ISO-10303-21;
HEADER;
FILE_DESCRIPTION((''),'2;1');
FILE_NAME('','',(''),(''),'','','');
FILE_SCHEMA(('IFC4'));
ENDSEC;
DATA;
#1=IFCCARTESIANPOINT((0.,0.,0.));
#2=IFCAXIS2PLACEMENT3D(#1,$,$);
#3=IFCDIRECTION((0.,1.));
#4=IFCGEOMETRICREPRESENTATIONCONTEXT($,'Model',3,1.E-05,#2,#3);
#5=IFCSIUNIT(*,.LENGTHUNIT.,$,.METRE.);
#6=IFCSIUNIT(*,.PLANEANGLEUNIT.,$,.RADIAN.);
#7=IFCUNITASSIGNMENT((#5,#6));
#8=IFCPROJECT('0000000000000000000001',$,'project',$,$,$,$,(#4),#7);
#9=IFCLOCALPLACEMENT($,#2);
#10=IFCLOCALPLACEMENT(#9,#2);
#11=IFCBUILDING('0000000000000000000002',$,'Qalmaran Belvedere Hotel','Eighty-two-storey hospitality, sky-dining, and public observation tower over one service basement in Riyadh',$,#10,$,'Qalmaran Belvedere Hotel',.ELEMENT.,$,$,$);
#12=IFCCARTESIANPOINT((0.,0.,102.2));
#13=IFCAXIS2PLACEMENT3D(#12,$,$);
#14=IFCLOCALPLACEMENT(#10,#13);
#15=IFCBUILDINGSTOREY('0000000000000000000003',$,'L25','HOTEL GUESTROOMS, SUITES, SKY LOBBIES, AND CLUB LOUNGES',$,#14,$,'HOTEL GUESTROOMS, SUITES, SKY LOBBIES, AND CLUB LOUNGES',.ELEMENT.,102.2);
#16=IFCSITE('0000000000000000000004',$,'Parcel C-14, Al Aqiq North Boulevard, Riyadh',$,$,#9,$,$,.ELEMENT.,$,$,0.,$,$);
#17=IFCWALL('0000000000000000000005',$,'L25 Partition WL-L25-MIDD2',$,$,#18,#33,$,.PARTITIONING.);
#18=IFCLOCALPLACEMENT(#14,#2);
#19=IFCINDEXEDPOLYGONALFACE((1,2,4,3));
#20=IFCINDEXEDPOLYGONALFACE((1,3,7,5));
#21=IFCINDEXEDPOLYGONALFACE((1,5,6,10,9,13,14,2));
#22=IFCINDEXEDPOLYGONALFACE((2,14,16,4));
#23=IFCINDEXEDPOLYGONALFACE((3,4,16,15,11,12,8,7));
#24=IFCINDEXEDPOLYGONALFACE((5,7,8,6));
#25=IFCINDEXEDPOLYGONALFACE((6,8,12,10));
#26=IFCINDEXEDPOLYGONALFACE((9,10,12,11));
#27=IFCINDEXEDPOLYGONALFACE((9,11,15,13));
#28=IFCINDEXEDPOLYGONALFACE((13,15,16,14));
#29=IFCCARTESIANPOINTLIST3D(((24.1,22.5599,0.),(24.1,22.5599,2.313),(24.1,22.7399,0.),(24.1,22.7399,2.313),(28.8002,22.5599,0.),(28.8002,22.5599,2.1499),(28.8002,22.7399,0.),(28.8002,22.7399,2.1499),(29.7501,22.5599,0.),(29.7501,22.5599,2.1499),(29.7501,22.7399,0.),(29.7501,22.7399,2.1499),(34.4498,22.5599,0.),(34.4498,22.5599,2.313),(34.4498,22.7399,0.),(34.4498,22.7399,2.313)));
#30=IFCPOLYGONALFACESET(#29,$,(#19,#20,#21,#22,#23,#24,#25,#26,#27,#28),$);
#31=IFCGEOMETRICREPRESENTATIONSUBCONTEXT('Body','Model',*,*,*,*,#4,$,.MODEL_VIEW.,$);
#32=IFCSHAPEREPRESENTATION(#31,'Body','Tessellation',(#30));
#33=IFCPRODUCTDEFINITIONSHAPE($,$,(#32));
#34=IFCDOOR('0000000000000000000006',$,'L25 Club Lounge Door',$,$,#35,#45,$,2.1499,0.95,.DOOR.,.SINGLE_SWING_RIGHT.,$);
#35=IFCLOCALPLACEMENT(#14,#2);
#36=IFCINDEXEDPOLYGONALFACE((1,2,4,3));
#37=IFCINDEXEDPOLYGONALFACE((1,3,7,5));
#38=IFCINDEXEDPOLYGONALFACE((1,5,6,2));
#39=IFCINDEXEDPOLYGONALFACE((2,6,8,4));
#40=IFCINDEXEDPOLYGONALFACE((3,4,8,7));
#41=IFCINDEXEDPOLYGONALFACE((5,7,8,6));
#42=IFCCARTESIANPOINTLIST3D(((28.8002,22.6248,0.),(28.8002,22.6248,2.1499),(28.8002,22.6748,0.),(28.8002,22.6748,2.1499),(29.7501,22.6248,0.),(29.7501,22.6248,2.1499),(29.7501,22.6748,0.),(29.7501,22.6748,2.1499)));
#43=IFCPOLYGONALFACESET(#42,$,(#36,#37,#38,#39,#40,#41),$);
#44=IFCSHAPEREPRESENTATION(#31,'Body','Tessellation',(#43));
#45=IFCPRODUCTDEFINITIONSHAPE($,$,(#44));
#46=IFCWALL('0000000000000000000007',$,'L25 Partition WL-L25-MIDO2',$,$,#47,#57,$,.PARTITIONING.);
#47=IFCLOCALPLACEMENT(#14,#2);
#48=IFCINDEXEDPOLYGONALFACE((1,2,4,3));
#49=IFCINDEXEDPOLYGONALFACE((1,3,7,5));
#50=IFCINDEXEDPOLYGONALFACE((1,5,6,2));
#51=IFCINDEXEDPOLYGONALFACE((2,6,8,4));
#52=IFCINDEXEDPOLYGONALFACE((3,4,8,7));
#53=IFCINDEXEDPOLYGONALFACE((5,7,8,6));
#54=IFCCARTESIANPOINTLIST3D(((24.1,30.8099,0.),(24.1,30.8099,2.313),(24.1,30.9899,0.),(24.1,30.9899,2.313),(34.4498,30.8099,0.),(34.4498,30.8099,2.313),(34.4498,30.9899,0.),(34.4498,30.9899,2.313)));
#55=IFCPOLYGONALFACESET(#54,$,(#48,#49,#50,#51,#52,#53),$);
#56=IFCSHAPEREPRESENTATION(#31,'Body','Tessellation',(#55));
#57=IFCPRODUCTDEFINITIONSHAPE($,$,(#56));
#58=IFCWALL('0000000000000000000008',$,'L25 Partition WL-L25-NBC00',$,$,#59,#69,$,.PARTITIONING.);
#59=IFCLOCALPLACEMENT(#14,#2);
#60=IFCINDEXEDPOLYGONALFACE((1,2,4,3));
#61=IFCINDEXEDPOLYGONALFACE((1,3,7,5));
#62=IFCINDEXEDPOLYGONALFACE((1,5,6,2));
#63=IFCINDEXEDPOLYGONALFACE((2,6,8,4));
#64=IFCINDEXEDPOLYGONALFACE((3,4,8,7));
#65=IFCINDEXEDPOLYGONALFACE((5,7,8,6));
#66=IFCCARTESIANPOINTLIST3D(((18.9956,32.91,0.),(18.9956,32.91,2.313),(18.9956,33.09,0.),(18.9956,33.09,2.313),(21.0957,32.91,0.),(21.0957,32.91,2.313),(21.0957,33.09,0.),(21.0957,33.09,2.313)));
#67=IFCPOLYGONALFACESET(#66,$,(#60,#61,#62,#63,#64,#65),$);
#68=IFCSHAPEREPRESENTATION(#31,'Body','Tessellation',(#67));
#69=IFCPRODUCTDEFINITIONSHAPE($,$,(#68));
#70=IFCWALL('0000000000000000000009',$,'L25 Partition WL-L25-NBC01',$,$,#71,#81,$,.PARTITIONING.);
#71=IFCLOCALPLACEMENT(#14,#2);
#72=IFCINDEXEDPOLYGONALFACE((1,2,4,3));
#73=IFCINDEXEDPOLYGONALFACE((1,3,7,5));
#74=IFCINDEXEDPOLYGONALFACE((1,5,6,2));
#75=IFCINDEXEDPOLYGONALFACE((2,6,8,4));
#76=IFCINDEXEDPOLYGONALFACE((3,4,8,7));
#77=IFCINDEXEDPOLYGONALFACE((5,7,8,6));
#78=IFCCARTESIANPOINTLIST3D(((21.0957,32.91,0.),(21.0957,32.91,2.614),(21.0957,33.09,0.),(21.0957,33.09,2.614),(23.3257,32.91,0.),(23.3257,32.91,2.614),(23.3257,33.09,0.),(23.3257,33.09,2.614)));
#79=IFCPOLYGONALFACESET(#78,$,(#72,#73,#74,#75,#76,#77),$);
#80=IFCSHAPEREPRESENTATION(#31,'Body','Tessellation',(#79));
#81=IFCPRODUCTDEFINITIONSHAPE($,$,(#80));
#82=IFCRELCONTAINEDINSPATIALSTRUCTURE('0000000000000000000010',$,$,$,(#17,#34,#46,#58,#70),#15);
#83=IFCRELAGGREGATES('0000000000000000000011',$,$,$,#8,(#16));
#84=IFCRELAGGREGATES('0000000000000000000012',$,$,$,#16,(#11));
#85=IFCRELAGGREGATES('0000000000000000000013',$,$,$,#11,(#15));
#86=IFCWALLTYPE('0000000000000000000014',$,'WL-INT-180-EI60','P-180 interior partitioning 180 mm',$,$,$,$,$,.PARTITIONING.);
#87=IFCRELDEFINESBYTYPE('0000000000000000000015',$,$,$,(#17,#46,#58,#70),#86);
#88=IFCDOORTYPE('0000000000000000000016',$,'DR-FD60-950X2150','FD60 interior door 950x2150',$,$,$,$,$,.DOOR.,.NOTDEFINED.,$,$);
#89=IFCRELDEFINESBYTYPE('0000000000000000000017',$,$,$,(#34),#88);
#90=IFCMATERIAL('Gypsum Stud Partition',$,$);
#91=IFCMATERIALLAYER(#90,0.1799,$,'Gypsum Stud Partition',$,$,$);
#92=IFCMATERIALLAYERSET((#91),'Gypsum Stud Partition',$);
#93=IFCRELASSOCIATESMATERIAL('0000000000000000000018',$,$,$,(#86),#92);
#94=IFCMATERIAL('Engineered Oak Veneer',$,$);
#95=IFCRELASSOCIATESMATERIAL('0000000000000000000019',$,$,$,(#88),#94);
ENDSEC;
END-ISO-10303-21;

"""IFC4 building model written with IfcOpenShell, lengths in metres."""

from ifc_helpers import new_model, si_unit, direction, frame, frame_2d, origin, place, context, subcontext, project, spatial, rectangle, extrude, material, layer, layer_set, type_object, element, fill, save


model = new_model("IFC4")

# Units and contexts
model_context = context("Model", 3, precision=1e-05, world=origin(), true_north=direction((0.0, 1.0)))
body_context = subcontext(model_context, "Body", "Model", "MODEL_VIEW")
ifc_project = project(units=[si_unit("LENGTHUNIT", "METRE"), si_unit("PLANEANGLEUNIT", "RADIAN")], contexts=[model_context])

# Site, building, storey
site_placement = place(None, origin())
site = spatial("IfcSite", under=ifc_project, at=site_placement, Name="Parcel C-14, Al Aqiq North Boulevard, Riyadh", CompositionType="ELEMENT", RefElevation=0.0)
building_placement = place(site_placement, origin())
building = spatial("IfcBuilding", under=site, at=building_placement, Name="Qalmaran Belvedere Hotel", Description="Eighty-two-storey hospitality, sky-dining, and public observation tower over one service basement in Riyadh", LongName="Qalmaran Belvedere Hotel", CompositionType="ELEMENT")
storey_placement = place(building_placement, frame((0.0, 0.0, 102.2)))
storey = spatial("IfcBuildingStorey", under=building, at=storey_placement, Name="L25", Description="HOTEL GUESTROOMS, SUITES, SKY LOBBIES, AND CLUB LOUNGES", LongName="HOTEL GUESTROOMS, SUITES, SKY LOBBIES, AND CLUB LOUNGES", CompositionType="ELEMENT", Elevation=102.2)

# Shared definitions
ifc_material_1 = material(Name="Gypsum Stud Partition")

# Shared definitions
ifc_layer_1 = layer(ifc_material_1, 0.1799, Name="Gypsum Stud Partition")
ifc_layer_set_1 = layer_set([ifc_layer_1], Name="Gypsum Stud Partition")
wall_type_1 = type_object("IfcWallType", Name="WL-INT-180-EI60", Description="P-180 interior partitioning 180 mm", PredefinedType="PARTITIONING", material=ifc_layer_set_1)
ifc_material_2 = material(Name="Engineered Oak Veneer")
door_type = type_object("IfcDoorType", Name="DR-FD60-950X2150", Description="FD60 interior door 950x2150", OperationType="NOTDEFINED", PredefinedType="DOOR", material=ifc_material_2)

# Wall, opening, door
wall_1_placement = place(storey_placement, frame((24.1001, 22.6499, 0.0), z_axis=(0.0, 0.0, 1.0), x_axis=(1.0, 0.0, 0.0)))
wall_1 = element("IfcWall", 1, at=wall_1_placement, inside=storey, type_object=wall_type_1, Name="L25 Partition WL-L25-MIDD2", PredefinedType="PARTITIONING", context=body_context, shape_type="SweptSolid", body=[
    extrude(rectangle(XDim=10.3499, YDim=0.1799, at=frame_2d((5.1748, 0.0))), origin(), (0.0, 0.0, 1.0), 2.313),
])
opening_1_placement = place(wall_1_placement, frame((4.7, 0.0, 0.0)))
opening_1 = element("IfcOpeningElement", 2, at=opening_1_placement, cuts=wall_1, PredefinedType="OPENING", context=body_context, shape_type="SweptSolid", body=[
    extrude(rectangle(XDim=0.95, YDim=2.1499, at=frame_2d((0.4751, 1.075))), frame((0.0, 0.1001, 0.0), z_axis=(0.0, -1.0, 0.0), x_axis=(1.0, 0.0, 0.0)), (0.0, 0.0, 1.0), 0.2),
])
door_1_placement = place(opening_1_placement, origin())
door_1 = element("IfcDoor", 3, at=door_1_placement, inside=storey, type_object=door_type, Name="L25 Club Lounge Door", OperationType="SINGLE_SWING_RIGHT", OverallHeight=2.1499, OverallWidth=0.95, PredefinedType="DOOR", context=body_context, shape_type="SweptSolid", body=[
    extrude(rectangle(XDim=0.95, YDim=2.1499, at=frame_2d((0.4751, 1.075))), frame((0.0, 0.0249, 0.0), z_axis=(0.0, -1.0, 0.0), x_axis=(1.0, 0.0, 0.0)), (0.0, 0.0, 1.0), 0.05),
])
fill(opening_1, door_1)

# Walls
wall_2_placement = place(storey_placement, frame((24.1001, 30.8999, 0.0), z_axis=(0.0, 0.0, 1.0), x_axis=(1.0, 0.0, 0.0)))
element("IfcWall", 4, at=wall_2_placement, inside=storey, type_object=wall_type_1, Name="L25 Partition WL-L25-MIDO2", PredefinedType="PARTITIONING", context=body_context, shape_type="SweptSolid", body=[
    extrude(rectangle(XDim=10.3499, YDim=0.1799, at=frame_2d((5.1748, 0.0))), origin(), (0.0, 0.0, 1.0), 2.313),
])
wall_3_placement = place(storey_placement, frame((18.9956, 33.0, 0.0), z_axis=(0.0, 0.0, 1.0), x_axis=(1.0, 0.0, 0.0)))
element("IfcWall", 5, at=wall_3_placement, inside=storey, type_object=wall_type_1, Name="L25 Partition WL-L25-NBC00", PredefinedType="PARTITIONING", context=body_context, shape_type="SweptSolid", body=[
    extrude(rectangle(XDim=2.1001, YDim=0.1799, at=frame_2d((1.05, 0.0))), origin(), (0.0, 0.0, 1.0), 2.313),
])
wall_4_placement = place(storey_placement, frame((21.0957, 33.0, 0.0), z_axis=(0.0, 0.0, 1.0), x_axis=(1.0, 0.0, 0.0)))
element("IfcWall", 6, at=wall_4_placement, inside=storey, type_object=wall_type_1, Name="L25 Partition WL-L25-NBC01", PredefinedType="PARTITIONING", context=body_context, shape_type="SweptSolid", body=[
    extrude(rectangle(XDim=2.23, YDim=0.1799, at=frame_2d((1.115, 0.0))), origin(), (0.0, 0.0, 1.0), 2.614),
])

save(model, "model.ifc")
